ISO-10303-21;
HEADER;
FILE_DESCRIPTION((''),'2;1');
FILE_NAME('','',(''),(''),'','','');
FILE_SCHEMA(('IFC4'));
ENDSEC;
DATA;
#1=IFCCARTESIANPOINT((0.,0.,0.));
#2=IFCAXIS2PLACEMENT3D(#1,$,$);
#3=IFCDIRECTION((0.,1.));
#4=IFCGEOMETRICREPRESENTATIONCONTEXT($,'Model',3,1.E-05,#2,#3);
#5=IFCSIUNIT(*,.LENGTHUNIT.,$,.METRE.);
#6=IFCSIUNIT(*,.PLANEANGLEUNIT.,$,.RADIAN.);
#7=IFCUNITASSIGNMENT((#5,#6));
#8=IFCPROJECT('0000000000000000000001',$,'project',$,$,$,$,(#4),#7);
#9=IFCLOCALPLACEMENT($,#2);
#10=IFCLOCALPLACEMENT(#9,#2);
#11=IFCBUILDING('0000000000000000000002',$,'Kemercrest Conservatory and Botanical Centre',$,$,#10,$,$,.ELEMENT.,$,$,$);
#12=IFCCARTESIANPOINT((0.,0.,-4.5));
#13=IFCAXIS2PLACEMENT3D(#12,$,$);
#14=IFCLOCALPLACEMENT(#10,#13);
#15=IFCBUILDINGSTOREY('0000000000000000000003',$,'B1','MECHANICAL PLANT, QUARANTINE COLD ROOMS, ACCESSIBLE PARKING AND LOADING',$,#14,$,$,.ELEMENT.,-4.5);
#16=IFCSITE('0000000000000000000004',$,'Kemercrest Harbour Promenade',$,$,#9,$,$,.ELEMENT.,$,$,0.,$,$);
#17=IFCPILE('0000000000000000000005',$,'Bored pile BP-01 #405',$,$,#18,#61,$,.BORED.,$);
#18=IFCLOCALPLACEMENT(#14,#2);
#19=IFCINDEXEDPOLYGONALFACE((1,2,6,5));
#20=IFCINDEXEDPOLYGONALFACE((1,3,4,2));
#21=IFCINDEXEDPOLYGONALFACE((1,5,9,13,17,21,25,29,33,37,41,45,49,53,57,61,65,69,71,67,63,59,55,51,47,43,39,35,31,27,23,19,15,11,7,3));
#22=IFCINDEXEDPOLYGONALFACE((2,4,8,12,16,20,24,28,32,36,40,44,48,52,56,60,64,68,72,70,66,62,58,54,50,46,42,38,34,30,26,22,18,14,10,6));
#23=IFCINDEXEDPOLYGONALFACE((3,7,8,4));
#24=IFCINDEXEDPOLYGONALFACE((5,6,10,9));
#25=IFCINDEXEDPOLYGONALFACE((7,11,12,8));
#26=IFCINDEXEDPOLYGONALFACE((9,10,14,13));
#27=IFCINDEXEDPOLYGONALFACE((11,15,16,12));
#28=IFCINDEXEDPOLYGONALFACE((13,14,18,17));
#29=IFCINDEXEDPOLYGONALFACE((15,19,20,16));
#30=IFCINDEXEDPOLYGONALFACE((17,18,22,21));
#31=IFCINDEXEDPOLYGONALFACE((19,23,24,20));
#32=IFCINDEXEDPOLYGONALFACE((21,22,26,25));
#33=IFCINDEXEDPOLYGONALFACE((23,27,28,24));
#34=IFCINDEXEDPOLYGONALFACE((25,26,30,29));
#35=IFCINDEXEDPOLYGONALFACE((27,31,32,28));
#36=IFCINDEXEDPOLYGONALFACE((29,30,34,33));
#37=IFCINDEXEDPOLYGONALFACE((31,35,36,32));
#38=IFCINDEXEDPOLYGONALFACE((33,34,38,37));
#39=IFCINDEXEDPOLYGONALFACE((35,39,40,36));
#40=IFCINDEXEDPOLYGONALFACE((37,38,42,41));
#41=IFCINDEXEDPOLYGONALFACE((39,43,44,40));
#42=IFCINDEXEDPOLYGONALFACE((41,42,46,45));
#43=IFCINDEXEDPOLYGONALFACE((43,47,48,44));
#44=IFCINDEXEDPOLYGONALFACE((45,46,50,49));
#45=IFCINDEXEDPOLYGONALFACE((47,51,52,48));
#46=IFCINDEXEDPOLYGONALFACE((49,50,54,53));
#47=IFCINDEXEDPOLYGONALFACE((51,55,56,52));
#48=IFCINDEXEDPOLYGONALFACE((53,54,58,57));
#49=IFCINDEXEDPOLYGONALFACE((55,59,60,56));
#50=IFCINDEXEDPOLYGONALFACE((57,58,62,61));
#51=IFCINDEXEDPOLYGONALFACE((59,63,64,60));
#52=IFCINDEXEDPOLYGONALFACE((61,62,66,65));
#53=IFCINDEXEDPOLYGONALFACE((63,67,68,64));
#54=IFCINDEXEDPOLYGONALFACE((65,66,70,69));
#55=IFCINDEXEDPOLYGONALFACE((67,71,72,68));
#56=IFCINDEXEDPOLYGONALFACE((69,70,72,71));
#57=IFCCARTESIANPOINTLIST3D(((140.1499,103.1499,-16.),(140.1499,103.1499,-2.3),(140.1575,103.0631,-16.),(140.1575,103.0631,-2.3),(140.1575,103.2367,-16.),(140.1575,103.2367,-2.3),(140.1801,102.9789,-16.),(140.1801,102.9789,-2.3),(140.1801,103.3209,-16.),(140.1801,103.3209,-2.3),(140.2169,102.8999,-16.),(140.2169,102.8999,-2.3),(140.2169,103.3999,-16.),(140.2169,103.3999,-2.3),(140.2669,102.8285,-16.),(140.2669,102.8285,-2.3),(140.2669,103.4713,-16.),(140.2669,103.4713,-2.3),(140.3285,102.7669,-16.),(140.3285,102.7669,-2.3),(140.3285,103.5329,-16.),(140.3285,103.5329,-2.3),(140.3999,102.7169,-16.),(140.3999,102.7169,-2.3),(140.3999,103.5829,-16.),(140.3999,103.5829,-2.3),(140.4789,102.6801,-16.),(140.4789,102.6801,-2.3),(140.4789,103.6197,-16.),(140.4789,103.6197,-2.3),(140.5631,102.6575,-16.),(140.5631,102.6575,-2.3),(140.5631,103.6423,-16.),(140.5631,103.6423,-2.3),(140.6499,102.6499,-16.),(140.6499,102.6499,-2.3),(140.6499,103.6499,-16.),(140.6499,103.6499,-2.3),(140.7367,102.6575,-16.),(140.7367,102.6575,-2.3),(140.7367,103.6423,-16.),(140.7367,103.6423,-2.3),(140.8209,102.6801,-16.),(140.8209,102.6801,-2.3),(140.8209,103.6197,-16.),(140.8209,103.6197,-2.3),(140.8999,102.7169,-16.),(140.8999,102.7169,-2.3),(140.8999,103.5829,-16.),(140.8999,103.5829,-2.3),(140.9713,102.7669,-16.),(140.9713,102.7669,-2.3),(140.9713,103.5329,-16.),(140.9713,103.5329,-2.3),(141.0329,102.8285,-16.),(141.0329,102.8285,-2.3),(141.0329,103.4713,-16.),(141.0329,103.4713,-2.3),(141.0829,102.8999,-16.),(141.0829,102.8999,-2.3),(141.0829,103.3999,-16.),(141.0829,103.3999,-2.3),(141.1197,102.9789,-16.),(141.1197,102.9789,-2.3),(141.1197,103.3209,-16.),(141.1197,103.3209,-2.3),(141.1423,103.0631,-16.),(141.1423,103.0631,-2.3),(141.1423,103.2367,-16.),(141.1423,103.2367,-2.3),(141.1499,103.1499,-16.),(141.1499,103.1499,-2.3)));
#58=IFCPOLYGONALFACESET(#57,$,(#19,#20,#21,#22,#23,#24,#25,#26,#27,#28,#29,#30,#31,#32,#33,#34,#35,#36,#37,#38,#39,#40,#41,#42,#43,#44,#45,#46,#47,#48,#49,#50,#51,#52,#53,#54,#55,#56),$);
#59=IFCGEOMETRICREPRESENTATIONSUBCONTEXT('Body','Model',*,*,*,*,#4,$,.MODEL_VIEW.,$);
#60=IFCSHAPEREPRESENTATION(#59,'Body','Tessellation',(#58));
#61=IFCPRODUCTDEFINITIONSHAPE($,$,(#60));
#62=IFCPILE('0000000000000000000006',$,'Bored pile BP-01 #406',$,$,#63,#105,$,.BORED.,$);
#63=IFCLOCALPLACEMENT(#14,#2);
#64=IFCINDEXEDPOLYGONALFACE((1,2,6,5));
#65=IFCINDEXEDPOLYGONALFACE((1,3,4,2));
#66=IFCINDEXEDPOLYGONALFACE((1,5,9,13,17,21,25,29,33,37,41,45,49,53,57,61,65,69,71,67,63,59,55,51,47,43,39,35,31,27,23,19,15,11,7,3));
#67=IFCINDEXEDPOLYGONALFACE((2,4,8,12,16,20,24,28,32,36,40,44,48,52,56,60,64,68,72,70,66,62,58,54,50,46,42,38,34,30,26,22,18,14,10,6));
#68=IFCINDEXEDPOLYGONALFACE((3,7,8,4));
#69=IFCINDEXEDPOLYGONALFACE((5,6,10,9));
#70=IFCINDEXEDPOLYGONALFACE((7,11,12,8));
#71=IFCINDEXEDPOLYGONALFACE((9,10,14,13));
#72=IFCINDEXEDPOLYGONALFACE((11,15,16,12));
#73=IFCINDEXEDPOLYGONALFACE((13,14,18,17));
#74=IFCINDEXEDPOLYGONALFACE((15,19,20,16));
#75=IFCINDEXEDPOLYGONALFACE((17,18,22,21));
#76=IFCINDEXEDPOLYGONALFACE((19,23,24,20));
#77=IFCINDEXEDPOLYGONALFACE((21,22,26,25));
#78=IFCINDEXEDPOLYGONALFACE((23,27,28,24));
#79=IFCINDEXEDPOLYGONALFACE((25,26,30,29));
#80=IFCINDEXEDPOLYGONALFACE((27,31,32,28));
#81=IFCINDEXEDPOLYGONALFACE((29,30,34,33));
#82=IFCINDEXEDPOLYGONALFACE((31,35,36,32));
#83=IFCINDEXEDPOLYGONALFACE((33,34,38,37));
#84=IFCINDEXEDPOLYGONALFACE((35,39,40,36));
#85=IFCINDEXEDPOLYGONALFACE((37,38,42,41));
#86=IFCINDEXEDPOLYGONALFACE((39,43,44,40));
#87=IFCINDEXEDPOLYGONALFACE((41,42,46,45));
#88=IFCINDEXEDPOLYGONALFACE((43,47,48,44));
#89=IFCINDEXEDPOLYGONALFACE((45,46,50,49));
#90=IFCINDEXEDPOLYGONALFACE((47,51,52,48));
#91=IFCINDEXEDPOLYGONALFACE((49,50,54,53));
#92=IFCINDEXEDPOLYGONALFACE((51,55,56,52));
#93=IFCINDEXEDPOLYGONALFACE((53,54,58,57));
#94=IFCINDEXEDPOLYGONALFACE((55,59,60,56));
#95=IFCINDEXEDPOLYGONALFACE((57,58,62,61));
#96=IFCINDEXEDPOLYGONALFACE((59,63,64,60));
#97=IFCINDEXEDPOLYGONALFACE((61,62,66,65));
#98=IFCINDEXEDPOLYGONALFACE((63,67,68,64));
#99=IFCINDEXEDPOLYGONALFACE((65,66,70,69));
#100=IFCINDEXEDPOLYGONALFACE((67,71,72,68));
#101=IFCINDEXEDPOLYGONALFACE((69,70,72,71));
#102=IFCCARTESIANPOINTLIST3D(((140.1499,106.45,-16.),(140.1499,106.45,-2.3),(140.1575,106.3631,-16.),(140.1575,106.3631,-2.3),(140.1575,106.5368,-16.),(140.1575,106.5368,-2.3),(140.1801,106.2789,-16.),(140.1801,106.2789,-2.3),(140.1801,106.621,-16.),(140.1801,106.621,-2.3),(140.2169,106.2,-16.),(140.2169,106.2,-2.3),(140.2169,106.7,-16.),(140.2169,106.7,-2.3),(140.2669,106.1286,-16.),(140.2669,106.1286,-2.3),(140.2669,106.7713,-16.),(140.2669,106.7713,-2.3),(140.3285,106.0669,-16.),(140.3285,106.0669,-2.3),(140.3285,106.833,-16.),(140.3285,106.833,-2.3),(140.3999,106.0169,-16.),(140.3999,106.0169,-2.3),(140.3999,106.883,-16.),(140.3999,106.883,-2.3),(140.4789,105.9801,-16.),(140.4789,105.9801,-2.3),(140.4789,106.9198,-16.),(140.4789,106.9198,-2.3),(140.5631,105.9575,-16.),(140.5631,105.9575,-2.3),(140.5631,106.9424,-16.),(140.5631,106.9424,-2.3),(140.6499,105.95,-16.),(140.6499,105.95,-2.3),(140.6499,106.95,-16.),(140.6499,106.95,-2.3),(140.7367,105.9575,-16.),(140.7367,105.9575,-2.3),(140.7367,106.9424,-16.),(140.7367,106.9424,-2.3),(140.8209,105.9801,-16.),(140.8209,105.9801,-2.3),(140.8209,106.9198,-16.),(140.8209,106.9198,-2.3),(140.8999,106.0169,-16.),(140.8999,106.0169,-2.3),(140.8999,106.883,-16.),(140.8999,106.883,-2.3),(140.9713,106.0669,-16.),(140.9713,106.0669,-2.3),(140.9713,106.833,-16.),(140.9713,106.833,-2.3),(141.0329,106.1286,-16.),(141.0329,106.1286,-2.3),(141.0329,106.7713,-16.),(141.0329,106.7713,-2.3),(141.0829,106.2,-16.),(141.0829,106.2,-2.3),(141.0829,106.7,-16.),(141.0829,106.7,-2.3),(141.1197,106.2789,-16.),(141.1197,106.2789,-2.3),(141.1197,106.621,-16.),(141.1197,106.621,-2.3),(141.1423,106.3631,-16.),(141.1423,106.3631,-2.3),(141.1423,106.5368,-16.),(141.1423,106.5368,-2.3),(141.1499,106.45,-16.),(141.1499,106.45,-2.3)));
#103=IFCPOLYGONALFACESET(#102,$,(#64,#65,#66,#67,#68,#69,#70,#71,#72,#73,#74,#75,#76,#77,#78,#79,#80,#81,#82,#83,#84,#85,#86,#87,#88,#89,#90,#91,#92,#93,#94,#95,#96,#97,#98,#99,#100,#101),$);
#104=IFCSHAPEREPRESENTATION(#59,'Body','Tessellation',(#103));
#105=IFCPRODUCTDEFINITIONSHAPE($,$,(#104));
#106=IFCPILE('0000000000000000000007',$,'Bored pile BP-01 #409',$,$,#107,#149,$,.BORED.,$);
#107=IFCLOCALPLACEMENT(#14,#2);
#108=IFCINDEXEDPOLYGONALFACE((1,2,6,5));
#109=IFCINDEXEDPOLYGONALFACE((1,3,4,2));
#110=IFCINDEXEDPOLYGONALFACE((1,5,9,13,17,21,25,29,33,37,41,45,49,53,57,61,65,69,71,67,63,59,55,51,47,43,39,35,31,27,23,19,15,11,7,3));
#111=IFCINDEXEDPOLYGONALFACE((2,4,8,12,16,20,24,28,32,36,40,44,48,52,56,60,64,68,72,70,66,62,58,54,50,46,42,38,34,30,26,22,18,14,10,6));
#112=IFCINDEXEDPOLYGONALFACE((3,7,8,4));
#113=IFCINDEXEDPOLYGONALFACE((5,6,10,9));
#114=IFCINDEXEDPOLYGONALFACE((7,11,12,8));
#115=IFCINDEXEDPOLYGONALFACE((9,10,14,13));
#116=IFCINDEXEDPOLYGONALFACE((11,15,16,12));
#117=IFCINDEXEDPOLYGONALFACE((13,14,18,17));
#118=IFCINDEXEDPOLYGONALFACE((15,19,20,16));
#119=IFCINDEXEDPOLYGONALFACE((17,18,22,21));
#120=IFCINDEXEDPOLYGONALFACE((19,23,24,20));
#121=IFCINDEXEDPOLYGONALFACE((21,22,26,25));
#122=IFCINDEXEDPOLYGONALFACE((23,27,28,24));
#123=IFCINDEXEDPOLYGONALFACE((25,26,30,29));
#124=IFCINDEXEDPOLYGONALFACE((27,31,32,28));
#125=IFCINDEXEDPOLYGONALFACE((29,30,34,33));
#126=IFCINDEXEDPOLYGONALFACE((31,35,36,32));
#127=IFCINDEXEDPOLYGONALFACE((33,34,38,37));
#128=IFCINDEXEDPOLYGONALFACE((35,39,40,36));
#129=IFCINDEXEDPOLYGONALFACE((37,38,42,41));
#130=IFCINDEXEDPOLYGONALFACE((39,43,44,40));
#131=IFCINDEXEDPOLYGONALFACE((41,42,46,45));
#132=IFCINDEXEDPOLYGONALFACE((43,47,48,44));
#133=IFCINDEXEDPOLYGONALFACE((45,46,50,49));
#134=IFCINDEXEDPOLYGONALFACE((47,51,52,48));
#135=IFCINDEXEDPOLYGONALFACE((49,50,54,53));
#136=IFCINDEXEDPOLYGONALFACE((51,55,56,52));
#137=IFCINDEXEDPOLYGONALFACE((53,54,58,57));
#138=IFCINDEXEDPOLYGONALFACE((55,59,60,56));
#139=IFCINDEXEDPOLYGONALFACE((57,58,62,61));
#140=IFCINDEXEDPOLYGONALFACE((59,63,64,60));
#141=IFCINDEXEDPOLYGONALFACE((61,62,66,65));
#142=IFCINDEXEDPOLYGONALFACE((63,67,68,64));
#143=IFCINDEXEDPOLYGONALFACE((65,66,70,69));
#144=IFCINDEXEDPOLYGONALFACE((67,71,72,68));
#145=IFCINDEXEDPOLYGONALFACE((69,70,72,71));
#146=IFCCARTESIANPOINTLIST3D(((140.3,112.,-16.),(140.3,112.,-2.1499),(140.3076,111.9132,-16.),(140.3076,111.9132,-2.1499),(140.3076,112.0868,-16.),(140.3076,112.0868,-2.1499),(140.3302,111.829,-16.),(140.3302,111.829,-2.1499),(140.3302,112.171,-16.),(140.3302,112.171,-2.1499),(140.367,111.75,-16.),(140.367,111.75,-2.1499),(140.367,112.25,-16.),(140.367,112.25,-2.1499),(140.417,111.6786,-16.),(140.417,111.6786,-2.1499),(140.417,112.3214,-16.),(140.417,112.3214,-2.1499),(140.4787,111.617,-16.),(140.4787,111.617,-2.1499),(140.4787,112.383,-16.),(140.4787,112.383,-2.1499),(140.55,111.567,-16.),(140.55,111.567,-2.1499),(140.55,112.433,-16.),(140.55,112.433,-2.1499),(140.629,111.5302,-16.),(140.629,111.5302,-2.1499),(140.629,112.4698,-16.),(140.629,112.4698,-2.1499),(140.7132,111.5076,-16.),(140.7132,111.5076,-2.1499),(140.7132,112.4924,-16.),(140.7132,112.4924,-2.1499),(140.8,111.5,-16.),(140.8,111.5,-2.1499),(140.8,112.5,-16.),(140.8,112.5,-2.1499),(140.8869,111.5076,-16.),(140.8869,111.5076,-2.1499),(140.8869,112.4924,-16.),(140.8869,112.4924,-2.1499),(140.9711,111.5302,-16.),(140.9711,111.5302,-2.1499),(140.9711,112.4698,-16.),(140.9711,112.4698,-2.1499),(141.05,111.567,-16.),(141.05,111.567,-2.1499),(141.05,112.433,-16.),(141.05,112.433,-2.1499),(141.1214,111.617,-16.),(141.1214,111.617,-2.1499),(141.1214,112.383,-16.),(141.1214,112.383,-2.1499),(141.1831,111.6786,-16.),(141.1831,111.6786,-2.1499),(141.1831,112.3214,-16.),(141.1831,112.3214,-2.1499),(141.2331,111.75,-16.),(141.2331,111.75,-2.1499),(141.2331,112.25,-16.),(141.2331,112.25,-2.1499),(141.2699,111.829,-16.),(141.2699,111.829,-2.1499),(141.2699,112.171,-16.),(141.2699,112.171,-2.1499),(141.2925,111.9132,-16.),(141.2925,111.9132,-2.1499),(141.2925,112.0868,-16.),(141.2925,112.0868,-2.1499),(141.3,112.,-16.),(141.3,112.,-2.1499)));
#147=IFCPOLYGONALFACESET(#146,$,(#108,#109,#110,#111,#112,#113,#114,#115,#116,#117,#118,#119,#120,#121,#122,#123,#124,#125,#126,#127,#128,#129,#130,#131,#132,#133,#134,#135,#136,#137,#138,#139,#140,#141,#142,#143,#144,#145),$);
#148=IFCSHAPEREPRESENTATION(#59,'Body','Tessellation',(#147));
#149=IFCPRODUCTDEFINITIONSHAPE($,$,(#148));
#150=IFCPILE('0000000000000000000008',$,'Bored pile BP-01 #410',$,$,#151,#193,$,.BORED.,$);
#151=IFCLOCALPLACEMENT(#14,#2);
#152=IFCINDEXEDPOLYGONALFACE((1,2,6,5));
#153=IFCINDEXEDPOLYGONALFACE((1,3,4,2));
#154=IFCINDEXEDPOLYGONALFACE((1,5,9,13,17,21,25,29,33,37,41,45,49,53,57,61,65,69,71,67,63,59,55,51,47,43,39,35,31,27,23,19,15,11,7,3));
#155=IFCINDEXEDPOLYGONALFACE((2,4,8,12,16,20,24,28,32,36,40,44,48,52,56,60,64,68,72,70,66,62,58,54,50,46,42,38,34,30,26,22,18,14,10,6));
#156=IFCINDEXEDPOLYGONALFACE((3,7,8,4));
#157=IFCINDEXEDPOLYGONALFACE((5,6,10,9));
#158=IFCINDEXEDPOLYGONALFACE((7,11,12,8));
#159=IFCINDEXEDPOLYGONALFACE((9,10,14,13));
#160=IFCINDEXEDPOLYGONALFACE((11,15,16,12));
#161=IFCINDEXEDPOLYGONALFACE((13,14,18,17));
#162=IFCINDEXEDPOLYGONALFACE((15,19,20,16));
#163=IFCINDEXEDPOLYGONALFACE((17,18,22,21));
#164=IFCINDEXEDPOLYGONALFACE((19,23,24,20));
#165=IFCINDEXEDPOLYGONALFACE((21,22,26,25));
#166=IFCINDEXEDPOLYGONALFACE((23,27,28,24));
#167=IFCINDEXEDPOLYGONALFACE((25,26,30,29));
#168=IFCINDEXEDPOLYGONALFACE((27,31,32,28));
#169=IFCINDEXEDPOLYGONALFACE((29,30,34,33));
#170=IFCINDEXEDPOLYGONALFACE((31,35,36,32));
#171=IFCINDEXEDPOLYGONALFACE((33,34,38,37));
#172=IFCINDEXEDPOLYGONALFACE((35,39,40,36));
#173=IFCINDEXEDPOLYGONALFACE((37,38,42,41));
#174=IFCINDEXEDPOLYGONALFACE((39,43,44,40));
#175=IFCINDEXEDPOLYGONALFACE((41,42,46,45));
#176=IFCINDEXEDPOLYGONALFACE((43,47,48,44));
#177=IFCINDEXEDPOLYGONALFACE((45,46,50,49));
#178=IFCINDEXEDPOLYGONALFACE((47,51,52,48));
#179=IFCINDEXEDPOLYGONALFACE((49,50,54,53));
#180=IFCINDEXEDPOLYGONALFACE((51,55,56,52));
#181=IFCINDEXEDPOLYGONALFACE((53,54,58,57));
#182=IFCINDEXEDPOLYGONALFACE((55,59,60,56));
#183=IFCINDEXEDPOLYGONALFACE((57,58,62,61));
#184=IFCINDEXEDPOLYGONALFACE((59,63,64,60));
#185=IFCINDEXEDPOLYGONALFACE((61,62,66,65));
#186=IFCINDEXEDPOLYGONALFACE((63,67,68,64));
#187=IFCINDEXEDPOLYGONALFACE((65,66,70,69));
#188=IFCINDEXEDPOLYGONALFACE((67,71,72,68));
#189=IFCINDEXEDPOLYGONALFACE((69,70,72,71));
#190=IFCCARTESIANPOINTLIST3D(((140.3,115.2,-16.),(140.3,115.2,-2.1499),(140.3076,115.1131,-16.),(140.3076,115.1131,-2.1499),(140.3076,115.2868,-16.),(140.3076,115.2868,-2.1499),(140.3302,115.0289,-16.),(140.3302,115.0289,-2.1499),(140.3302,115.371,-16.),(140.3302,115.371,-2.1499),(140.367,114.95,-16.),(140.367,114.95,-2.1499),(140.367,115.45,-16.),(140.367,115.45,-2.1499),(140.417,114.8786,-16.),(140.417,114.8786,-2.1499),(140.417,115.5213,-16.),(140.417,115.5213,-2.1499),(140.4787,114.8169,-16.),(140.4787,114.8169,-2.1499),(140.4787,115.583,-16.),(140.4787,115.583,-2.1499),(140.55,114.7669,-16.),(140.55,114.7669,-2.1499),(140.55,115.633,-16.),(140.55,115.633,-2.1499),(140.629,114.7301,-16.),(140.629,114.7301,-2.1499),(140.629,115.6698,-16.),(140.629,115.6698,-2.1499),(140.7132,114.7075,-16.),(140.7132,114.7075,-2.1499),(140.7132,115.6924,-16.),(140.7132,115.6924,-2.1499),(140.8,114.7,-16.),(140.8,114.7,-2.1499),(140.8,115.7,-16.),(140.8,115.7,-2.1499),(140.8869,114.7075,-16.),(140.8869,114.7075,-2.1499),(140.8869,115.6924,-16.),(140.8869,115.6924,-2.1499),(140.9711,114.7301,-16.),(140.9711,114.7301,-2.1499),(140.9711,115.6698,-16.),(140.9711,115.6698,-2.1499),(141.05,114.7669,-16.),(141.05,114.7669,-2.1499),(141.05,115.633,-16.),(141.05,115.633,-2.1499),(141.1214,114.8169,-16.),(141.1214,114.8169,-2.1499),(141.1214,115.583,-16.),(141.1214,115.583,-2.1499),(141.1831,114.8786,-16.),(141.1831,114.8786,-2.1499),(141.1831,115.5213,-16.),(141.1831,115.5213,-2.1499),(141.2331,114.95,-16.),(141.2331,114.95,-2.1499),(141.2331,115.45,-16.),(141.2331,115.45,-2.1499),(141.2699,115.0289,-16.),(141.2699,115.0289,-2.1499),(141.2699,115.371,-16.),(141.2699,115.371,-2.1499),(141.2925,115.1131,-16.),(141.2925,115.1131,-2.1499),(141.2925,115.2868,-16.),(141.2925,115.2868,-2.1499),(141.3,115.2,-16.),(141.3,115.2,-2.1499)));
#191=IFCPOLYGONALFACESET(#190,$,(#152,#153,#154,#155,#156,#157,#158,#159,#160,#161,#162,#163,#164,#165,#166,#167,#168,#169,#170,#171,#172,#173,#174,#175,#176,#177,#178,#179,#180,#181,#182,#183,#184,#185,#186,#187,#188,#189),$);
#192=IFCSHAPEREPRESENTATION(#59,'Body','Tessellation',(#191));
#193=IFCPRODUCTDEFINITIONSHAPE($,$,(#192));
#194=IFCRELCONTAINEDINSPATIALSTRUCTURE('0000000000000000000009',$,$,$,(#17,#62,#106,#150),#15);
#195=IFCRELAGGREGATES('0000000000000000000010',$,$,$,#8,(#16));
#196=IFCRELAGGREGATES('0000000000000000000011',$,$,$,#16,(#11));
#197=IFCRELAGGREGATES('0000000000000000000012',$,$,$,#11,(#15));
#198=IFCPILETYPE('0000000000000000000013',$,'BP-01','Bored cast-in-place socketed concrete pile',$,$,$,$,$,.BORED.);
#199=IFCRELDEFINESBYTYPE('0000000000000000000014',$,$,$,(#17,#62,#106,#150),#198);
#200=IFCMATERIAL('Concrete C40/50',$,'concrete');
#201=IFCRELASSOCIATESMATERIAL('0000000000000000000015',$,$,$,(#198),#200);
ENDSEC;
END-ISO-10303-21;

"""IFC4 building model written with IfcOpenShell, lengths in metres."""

from ifc_helpers import new_model, si_unit, direction, frame, origin, origin_2d, place, context, subcontext, project, spatial, circle, extrude, material, material_profile, profile_set, type_object, element, save


model = new_model("IFC4")

# Units and contexts
model_context = context("Model", 3, precision=1e-05, world=origin(), true_north=direction((0.0, 1.0)))
body_context = subcontext(model_context, "Body", "Model", "MODEL_VIEW")
ifc_project = project(units=[si_unit("LENGTHUNIT", "METRE"), si_unit("PLANEANGLEUNIT", "RADIAN")], contexts=[model_context])

# Site, building, storey
site_placement = place(None, origin())
site = spatial("IfcSite", under=ifc_project, at=site_placement, Name="Kemercrest Harbour Promenade", CompositionType="ELEMENT", RefElevation=0.0)
building_placement = place(site_placement, origin())
building = spatial("IfcBuilding", under=site, at=building_placement, Name="Kemercrest Conservatory and Botanical Centre", CompositionType="ELEMENT")
storey_placement = place(building_placement, frame((0.0, 0.0, -4.5)))
storey = spatial("IfcBuildingStorey", under=building, at=storey_placement, Name="B1", Description="MECHANICAL PLANT, QUARANTINE COLD ROOMS, ACCESSIBLE PARKING AND LOADING", CompositionType="ELEMENT", Elevation=-4.5)

# Piles
ifc_material_1 = material(Name="Concrete C40/50", Category="concrete")
ifc_material_profile_1 = material_profile(ifc_material_1, circle(Radius=0.5, at=origin_2d()), Name="BORED PILE 1000")
ifc_profile_set_1 = profile_set([ifc_material_profile_1], Name="Concrete C40/50")
pile_type = type_object("IfcPileType", Name="BP-01", Description="Bored cast-in-place socketed concrete pile", PredefinedType="BORED", material=ifc_profile_set_1)
for number, where, z_axis, x_axis, name in (
    (1, (140.6499, 103.1499, -2.3), (0.0, 0.0, -1.0), (1.0, 0.0, 0.0), "Bored pile BP-01 #405"),
    (2, (140.6499, 106.45, -2.3), (0.0, 0.0, -1.0), (1.0, 0.0, 0.0), "Bored pile BP-01 #406"),
):
    element("IfcPile", number, at=place(storey_placement, frame(where, z_axis=z_axis, x_axis=x_axis)), inside=storey, type_object=pile_type, Name=name, PredefinedType="BORED", context=body_context, shape_type="SweptSolid", body=[
        extrude(circle(Radius=0.5, at=origin_2d()), origin(), (0.0, 0.0, 1.0), 13.7),
    ])
for number, where, z_axis, x_axis, name in (
    (3, (140.8, 112.0, -2.1499), (0.0, 0.0, -1.0), (1.0, 0.0, 0.0), "Bored pile BP-01 #409"),
    (4, (140.8, 115.2, -2.1499), (0.0, 0.0, -1.0), (1.0, 0.0, 0.0), "Bored pile BP-01 #410"),
):
    element("IfcPile", number, at=place(storey_placement, frame(where, z_axis=z_axis, x_axis=x_axis)), inside=storey, type_object=pile_type, Name=name, PredefinedType="BORED", context=body_context, shape_type="SweptSolid", body=[
        extrude(circle(Radius=0.5, at=origin_2d()), origin(), (0.0, 0.0, 1.0), 13.8501),
    ])

save(model, "model.ifc")
